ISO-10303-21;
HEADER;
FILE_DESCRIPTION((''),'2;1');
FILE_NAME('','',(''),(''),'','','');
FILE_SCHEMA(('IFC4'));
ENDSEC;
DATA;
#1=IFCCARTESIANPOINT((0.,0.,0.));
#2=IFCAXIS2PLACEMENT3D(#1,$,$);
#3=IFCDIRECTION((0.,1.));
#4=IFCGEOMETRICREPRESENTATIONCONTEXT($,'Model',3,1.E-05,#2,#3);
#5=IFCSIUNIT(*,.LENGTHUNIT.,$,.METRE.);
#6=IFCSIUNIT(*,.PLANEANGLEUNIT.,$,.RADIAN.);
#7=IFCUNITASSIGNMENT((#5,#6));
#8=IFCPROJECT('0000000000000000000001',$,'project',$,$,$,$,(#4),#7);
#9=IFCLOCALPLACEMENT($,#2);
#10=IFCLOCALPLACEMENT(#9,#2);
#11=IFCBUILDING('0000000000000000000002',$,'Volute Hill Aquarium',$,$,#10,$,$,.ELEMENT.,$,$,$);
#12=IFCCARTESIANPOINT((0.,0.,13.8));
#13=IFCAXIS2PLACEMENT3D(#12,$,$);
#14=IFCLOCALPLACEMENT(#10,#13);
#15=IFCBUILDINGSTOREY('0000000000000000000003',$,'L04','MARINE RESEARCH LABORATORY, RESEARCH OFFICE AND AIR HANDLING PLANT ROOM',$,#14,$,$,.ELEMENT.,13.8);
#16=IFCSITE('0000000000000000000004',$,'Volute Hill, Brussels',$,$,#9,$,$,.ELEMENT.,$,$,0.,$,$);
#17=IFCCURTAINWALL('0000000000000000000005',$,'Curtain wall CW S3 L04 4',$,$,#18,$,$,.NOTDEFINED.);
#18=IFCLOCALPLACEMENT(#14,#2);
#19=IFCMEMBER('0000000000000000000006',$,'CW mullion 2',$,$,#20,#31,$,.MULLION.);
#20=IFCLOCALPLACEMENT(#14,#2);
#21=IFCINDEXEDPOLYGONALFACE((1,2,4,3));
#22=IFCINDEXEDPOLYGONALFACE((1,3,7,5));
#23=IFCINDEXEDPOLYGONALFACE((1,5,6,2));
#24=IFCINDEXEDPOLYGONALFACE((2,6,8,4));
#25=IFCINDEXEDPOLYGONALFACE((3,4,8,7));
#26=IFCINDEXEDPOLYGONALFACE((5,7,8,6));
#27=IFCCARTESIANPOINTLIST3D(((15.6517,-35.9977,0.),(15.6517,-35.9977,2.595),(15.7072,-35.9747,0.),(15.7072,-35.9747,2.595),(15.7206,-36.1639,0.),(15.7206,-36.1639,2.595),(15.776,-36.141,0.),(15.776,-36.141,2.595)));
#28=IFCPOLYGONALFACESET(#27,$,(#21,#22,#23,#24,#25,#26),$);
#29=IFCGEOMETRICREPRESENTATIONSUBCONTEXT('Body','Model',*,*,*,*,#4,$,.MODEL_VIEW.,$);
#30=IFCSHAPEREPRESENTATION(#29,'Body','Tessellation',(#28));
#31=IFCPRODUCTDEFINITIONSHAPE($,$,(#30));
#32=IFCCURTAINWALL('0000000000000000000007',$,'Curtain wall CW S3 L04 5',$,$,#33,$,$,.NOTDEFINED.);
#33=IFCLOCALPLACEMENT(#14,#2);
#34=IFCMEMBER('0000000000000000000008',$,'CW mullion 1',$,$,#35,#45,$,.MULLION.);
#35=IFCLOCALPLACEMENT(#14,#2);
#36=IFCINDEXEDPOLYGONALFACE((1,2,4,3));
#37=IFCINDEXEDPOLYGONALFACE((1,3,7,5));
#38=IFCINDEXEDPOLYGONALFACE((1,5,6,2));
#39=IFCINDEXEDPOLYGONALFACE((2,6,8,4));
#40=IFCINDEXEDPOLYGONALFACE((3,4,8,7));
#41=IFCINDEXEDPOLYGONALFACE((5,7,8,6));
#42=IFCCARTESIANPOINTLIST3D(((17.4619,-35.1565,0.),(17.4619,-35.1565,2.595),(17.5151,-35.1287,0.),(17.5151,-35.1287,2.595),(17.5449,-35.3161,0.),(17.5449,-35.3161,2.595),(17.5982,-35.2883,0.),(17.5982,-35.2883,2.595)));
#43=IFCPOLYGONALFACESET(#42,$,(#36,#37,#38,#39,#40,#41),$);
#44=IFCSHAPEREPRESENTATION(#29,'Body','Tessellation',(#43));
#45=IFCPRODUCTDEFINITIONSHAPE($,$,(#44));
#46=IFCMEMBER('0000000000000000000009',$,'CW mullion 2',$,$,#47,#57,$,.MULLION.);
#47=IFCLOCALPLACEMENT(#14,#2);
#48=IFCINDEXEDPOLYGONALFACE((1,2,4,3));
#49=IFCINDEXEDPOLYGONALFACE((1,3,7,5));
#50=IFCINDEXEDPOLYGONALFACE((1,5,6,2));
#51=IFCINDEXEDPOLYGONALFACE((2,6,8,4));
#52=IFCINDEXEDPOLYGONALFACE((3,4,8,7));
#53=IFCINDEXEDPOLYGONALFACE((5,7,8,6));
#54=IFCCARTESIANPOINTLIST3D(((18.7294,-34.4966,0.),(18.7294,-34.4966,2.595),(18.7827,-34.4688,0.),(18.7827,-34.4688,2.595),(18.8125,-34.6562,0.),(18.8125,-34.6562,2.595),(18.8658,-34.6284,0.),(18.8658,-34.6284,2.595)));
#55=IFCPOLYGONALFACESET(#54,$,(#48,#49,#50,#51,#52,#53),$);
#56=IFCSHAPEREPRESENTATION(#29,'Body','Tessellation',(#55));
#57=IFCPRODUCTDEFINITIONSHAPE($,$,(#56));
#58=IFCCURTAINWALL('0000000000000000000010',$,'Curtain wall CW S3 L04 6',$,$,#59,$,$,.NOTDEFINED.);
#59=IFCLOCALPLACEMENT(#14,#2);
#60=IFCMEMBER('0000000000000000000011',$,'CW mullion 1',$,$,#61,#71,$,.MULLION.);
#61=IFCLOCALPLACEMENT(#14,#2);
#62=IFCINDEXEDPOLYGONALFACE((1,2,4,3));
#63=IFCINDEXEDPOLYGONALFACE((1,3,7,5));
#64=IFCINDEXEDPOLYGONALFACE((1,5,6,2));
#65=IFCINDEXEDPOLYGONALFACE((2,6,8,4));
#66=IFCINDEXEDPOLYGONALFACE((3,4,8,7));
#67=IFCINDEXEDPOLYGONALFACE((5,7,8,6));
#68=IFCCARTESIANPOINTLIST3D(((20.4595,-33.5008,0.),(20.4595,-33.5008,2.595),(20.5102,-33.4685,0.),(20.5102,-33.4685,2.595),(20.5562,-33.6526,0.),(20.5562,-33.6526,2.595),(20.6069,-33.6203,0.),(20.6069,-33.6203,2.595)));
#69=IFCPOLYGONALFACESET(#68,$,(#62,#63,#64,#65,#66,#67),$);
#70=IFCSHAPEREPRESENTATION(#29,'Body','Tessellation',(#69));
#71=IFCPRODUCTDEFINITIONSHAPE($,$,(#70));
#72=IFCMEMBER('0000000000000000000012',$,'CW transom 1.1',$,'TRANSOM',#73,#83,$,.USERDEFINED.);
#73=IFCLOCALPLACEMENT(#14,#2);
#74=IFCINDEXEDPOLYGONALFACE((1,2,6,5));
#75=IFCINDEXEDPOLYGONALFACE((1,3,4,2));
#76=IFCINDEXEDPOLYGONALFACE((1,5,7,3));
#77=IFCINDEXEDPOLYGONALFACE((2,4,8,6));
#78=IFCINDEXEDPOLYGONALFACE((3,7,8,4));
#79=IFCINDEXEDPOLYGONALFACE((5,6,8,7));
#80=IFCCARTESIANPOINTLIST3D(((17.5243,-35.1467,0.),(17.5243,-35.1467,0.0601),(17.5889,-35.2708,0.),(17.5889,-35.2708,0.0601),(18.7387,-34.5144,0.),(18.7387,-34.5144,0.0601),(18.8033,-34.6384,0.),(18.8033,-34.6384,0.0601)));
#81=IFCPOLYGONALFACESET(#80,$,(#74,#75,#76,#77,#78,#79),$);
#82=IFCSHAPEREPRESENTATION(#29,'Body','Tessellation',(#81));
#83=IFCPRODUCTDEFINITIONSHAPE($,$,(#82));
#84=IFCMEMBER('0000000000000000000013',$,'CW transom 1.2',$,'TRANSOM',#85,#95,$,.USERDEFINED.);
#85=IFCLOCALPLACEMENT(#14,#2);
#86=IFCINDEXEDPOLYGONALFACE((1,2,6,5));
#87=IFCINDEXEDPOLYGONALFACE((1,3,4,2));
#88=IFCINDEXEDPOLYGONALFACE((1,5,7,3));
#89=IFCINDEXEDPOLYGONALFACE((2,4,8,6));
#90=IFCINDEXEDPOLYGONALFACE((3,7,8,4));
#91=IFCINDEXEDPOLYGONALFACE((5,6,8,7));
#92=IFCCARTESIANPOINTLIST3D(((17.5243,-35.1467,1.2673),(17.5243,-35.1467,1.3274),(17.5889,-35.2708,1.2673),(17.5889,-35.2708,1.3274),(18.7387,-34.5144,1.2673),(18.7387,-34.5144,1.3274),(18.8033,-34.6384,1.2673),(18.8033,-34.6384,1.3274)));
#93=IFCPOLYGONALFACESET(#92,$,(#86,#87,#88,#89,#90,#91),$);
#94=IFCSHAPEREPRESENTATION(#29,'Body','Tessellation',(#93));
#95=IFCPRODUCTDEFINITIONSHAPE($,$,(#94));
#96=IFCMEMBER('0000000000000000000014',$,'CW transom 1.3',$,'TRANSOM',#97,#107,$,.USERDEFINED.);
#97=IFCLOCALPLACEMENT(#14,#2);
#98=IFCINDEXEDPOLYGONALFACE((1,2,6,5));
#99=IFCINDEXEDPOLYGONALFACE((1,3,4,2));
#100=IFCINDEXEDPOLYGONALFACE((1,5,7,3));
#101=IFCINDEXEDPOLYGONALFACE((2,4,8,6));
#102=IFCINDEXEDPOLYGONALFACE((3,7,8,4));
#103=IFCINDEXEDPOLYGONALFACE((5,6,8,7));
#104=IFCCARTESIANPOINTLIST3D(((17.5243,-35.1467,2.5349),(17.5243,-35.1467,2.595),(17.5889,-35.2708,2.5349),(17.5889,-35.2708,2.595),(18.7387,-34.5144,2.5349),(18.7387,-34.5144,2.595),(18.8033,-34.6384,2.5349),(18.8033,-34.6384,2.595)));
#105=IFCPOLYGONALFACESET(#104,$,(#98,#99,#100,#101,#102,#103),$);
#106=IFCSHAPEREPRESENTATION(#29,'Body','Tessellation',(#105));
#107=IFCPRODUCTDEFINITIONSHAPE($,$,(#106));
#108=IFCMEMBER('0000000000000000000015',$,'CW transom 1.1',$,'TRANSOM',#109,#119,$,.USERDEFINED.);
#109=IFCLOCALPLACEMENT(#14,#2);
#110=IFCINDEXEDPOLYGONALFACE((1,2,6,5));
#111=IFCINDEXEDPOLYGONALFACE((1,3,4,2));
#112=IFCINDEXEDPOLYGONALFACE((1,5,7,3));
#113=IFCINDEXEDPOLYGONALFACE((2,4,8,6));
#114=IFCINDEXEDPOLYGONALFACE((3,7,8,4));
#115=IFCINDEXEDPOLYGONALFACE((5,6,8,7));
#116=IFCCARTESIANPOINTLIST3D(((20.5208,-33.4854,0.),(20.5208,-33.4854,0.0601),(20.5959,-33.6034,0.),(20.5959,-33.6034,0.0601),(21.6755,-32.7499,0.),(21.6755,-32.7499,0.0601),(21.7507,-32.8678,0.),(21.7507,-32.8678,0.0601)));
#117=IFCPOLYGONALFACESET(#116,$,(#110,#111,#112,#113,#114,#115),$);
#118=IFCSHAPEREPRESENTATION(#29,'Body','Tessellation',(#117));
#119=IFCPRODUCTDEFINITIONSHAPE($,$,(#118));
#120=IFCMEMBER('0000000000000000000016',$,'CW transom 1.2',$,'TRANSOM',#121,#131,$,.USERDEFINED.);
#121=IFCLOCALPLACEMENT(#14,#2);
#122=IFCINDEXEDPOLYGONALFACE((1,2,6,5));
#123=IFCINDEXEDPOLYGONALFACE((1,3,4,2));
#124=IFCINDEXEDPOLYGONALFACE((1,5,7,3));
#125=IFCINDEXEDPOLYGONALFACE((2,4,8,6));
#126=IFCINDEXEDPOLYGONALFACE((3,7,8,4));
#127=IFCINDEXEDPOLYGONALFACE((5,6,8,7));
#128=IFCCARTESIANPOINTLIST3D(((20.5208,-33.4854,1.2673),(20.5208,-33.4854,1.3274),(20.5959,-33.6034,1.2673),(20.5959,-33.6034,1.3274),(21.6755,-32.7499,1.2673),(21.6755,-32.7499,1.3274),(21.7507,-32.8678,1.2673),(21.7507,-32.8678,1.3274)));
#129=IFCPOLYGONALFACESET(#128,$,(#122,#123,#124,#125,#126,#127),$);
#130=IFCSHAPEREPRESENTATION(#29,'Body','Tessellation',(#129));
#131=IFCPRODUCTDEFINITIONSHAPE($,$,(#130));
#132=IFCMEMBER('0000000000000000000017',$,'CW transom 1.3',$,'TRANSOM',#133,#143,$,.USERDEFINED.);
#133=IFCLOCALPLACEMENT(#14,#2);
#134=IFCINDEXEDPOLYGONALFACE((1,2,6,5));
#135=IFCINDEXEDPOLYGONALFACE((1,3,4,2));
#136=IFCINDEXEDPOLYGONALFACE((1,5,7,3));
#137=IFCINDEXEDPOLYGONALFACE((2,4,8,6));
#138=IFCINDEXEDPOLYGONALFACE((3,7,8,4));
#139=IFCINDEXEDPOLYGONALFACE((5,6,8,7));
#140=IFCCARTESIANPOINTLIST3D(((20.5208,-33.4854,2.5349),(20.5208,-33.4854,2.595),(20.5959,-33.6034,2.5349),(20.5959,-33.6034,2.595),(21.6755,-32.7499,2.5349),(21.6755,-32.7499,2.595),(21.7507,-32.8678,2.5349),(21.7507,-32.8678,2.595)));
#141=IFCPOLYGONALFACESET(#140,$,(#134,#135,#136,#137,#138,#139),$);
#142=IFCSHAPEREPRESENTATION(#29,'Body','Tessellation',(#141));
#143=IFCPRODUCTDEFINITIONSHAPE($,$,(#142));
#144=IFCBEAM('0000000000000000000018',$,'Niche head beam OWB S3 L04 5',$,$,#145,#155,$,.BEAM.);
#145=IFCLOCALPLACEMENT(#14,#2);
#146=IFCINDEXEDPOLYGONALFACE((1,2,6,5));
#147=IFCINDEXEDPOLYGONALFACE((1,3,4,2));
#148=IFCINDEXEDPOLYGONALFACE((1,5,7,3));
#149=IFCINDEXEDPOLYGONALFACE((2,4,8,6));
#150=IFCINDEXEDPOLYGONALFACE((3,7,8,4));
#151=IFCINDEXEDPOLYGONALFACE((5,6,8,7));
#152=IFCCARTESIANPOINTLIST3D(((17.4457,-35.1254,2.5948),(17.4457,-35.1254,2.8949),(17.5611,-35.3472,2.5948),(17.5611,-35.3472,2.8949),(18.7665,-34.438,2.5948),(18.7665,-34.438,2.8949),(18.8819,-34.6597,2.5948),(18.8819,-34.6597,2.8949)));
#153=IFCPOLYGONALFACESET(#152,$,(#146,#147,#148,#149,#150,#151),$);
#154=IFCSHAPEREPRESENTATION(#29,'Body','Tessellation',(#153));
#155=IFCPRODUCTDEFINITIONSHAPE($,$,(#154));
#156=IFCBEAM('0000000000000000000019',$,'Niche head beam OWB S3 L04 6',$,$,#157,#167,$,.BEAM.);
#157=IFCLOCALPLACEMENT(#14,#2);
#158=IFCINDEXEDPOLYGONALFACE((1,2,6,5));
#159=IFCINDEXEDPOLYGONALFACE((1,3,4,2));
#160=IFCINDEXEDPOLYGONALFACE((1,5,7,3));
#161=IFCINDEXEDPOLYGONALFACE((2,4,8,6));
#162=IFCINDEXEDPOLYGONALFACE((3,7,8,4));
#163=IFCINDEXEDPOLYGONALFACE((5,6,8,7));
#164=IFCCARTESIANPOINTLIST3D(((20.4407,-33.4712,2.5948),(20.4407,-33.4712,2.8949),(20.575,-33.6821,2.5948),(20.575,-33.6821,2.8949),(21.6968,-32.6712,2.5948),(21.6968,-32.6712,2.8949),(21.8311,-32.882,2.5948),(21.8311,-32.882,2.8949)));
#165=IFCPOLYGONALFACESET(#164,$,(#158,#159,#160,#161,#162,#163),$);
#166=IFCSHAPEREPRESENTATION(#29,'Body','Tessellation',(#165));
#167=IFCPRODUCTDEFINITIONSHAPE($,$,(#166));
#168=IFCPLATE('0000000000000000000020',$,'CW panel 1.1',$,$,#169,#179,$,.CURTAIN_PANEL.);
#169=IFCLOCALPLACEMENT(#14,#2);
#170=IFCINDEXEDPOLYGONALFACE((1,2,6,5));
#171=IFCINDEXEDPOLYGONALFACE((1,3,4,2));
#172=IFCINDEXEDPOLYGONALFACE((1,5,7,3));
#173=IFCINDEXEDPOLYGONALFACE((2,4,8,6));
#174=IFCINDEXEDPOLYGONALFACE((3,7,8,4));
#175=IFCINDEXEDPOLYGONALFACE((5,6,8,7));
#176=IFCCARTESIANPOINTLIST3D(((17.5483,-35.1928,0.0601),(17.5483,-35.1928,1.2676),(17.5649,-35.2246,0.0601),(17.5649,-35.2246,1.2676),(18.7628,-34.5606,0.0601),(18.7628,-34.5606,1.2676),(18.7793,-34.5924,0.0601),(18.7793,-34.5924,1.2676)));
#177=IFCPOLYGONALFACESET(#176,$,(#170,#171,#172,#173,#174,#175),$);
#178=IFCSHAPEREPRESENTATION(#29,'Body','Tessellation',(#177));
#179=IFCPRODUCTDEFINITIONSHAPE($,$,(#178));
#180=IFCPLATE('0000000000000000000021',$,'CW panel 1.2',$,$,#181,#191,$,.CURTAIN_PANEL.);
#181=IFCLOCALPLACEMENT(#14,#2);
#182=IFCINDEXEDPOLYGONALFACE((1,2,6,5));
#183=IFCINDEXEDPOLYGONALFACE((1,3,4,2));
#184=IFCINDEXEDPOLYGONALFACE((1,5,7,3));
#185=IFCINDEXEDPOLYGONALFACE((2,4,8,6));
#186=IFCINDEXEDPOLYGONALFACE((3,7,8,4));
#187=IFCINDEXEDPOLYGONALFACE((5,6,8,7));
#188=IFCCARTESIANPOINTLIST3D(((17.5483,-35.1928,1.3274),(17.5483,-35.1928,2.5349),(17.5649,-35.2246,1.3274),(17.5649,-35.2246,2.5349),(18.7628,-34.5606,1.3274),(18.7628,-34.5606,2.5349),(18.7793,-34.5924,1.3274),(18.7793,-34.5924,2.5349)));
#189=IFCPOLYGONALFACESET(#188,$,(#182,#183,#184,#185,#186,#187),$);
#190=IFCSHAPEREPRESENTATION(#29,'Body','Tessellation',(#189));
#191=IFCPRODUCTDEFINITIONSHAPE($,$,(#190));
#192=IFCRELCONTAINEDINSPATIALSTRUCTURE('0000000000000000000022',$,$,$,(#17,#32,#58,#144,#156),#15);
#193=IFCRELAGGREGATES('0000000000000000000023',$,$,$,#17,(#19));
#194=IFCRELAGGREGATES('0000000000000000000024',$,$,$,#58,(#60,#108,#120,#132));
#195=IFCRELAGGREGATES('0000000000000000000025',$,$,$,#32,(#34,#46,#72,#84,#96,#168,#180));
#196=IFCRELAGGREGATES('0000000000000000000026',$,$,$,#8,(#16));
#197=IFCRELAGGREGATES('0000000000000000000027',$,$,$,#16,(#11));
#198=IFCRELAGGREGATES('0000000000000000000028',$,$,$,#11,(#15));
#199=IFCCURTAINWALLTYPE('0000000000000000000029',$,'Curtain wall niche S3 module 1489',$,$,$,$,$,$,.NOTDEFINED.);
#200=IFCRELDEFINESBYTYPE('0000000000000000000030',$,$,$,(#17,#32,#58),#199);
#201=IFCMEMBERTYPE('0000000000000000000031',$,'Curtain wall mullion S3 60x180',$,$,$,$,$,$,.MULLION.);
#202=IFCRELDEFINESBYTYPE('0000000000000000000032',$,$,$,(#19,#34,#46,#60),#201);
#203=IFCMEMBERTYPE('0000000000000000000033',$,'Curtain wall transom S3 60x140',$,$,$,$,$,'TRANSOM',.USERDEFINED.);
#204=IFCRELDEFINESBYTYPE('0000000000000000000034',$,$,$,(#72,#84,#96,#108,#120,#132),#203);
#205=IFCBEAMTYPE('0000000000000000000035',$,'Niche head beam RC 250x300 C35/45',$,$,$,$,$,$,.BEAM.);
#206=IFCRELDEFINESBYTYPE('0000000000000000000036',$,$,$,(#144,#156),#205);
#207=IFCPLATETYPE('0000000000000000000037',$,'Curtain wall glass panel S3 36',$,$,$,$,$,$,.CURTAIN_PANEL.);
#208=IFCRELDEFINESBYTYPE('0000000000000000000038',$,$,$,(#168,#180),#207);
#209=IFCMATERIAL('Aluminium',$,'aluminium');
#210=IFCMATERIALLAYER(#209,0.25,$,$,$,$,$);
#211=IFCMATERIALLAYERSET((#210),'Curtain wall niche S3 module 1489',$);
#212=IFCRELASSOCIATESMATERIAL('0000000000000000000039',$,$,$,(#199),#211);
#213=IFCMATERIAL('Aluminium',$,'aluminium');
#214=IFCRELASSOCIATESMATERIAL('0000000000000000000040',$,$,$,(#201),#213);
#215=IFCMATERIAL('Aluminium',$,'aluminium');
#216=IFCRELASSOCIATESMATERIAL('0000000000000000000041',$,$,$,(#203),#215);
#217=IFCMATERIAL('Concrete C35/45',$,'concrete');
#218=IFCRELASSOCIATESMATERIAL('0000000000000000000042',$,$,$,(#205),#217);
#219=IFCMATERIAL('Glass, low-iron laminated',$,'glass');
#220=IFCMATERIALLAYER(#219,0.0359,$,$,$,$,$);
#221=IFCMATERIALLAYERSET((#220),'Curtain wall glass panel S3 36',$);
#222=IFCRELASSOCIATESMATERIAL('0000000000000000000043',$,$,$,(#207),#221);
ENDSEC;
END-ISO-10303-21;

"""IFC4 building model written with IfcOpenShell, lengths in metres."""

from ifc_helpers import new_model, si_unit, direction, frame, origin, origin_2d, place, context, subcontext, project, spatial, rectangle, extrude, material, layer, layer_set, material_profile, profile_set, type_object, element, aggregate, save


model = new_model("IFC4")

# Units and contexts
model_context = context("Model", 3, precision=1e-05, world=origin(), true_north=direction((0.0, 1.0)))
body_context = subcontext(model_context, "Body", "Model", "MODEL_VIEW")
ifc_project = project(units=[si_unit("LENGTHUNIT", "METRE"), si_unit("PLANEANGLEUNIT", "RADIAN")], contexts=[model_context])

# Site, building, storey
site_placement = place(None, origin())
site = spatial("IfcSite", under=ifc_project, at=site_placement, Name="Volute Hill, Brussels", CompositionType="ELEMENT", RefElevation=0.0)
building_placement = place(site_placement, origin())
building = spatial("IfcBuilding", under=site, at=building_placement, Name="Volute Hill Aquarium", CompositionType="ELEMENT")
storey_placement = place(building_placement, frame((0.0, 0.0, 13.8)))
storey = spatial("IfcBuildingStorey", under=building, at=storey_placement, Name="L04", Description="MARINE RESEARCH LABORATORY, RESEARCH OFFICE AND AIR HANDLING PLANT ROOM", CompositionType="ELEMENT", Elevation=13.8)

# Curtain wall, member
ifc_material_1 = material(Name="Aluminium", Category="aluminium")
ifc_layer_1 = layer(ifc_material_1, 0.25)
ifc_layer_set_1 = layer_set([ifc_layer_1], Name="Curtain wall niche S3 module 1489")
curtain_wall_type = type_object("IfcCurtainWallType", Name="Curtain wall niche S3 module 1489", PredefinedType="NOTDEFINED", material=ifc_layer_set_1)
curtain_wall_1_placement = place(storey_placement, origin())
curtain_wall_1 = element("IfcCurtainWall", 1, at=curtain_wall_1_placement, inside=storey, type_object=curtain_wall_type, Name="Curtain wall CW S3 L04 4", PredefinedType="NOTDEFINED")
ifc_material_2 = material(Name="Aluminium", Category="aluminium")
ifc_material_profile_1 = material_profile(ifc_material_2, rectangle(XDim=0.1799, YDim=0.0601, at=origin_2d()), Name="Curtain wall mullion S3 60x180")
ifc_profile_set_1 = profile_set([ifc_material_profile_1], Name="Aluminium")
member_type_1 = type_object("IfcMemberType", Name="Curtain wall mullion S3 60x180", PredefinedType="MULLION", material=ifc_profile_set_1)
member_1_placement = place(storey_placement, frame((15.7139, -36.0693, 0.0), z_axis=(0.0, 0.0, 1.0), x_axis=(-0.382693, 0.923876, 0.0)))
member_1 = element("IfcMember", 2, at=member_1_placement, type_object=member_type_1, Name="CW mullion 2", PredefinedType="MULLION", context=body_context, shape_type="SweptSolid", body=[
    extrude(rectangle(XDim=0.1799, YDim=0.0601, at=origin_2d()), origin(), (0.0, 0.0, 1.0), 2.595),
])
aggregate(curtain_wall_1, [member_1])

# Curtain wall, members
curtain_wall_2_placement = place(storey_placement, origin())
curtain_wall_2 = element("IfcCurtainWall", 3, at=curtain_wall_2_placement, inside=storey, type_object=curtain_wall_type, Name="Curtain wall CW S3 L04 5", PredefinedType="NOTDEFINED")
member_2_placement = place(storey_placement, frame((17.53, -35.2224, 0.0), z_axis=(0.0, 0.0, 1.0), x_axis=(-0.461744, 0.887013, 0.0)))
member_2 = element("IfcMember", 4, at=member_2_placement, type_object=member_type_1, Name="CW mullion 1", PredefinedType="MULLION", context=body_context, shape_type="SweptSolid", body=[
    extrude(rectangle(XDim=0.1799, YDim=0.0601, at=origin_2d()), origin(), (0.0, 0.0, 1.0), 2.595),
])
member_3_placement = place(storey_placement, frame((18.7976, -34.5625, 0.0), z_axis=(0.0, 0.0, 1.0), x_axis=(-0.461744, 0.887013, 0.0)))
member_3 = element("IfcMember", 5, at=member_3_placement, type_object=member_type_1, Name="CW mullion 2", PredefinedType="MULLION", context=body_context, shape_type="SweptSolid", body=[
    extrude(rectangle(XDim=0.1799, YDim=0.0601, at=origin_2d()), origin(), (0.0, 0.0, 1.0), 2.595),
])

# Curtain wall, member
curtain_wall_3_placement = place(storey_placement, origin())
curtain_wall_3 = element("IfcCurtainWall", 6, at=curtain_wall_3_placement, inside=storey, type_object=curtain_wall_type, Name="Curtain wall CW S3 L04 6", PredefinedType="NOTDEFINED")
member_4_placement = place(storey_placement, frame((20.5332, -33.5605, 0.0), z_axis=(0.0, 0.0, 1.0), x_axis=(-0.537307, 0.843387, 0.0)))
member_4 = element("IfcMember", 7, at=member_4_placement, type_object=member_type_1, Name="CW mullion 1", PredefinedType="MULLION", context=body_context, shape_type="SweptSolid", body=[
    extrude(rectangle(XDim=0.1799, YDim=0.0601, at=origin_2d()), origin(), (0.0, 0.0, 1.0), 2.595),
])

# Members
ifc_material_3 = material(Name="Aluminium", Category="aluminium")
ifc_material_profile_2 = material_profile(ifc_material_3, rectangle(XDim=0.1399, YDim=0.0601, at=origin_2d()), Name="Curtain wall transom S3 60x140")
ifc_profile_set_2 = profile_set([ifc_material_profile_2], Name="Aluminium")
member_type_2 = type_object("IfcMemberType", Name="Curtain wall transom S3 60x140", ElementType="TRANSOM", PredefinedType="USERDEFINED", material=ifc_profile_set_2)
member_5_placement = place(storey_placement, frame((17.5566, -35.2087, 0.03), z_axis=(0.88696, 0.461847, 0.0), x_axis=(-0.461847, 0.88696, 0.0)))
member_5 = element("IfcMember", 8, at=member_5_placement, type_object=member_type_2, Name="CW transom 1.1", ObjectType="TRANSOM", PredefinedType="USERDEFINED", context=body_context, shape_type="SweptSolid", body=[
    extrude(rectangle(XDim=0.1399, YDim=0.0601, at=origin_2d()), origin(), (0.0, 0.0, 1.0), 1.3691),
])
member_6_placement = place(storey_placement, frame((17.5566, -35.2087, 1.2974), z_axis=(0.88696, 0.461847, 0.0), x_axis=(-0.461847, 0.88696, 0.0)))
member_6 = element("IfcMember", 9, at=member_6_placement, type_object=member_type_2, Name="CW transom 1.2", ObjectType="TRANSOM", PredefinedType="USERDEFINED", context=body_context, shape_type="SweptSolid", body=[
    extrude(rectangle(XDim=0.1399, YDim=0.0601, at=origin_2d()), origin(), (0.0, 0.0, 1.0), 1.3691),
])
member_7_placement = place(storey_placement, frame((17.5566, -35.2087, 2.5649), z_axis=(0.88696, 0.461847, 0.0), x_axis=(-0.461847, 0.88696, 0.0)))
member_7 = element("IfcMember", 10, at=member_7_placement, type_object=member_type_2, Name="CW transom 1.3", ObjectType="TRANSOM", PredefinedType="USERDEFINED", context=body_context, shape_type="SweptSolid", body=[
    extrude(rectangle(XDim=0.1399, YDim=0.0601, at=origin_2d()), origin(), (0.0, 0.0, 1.0), 1.3691),
])
member_8_placement = place(storey_placement, frame((20.5583, -33.5444, 0.03), z_axis=(0.843419, 0.537256, 0.0), x_axis=(-0.537256, 0.843419, 0.0)))
member_8 = element("IfcMember", 11, at=member_8_placement, type_object=member_type_2, Name="CW transom 1.1", ObjectType="TRANSOM", PredefinedType="USERDEFINED", context=body_context, shape_type="SweptSolid", body=[
    extrude(rectangle(XDim=0.1399, YDim=0.0601, at=origin_2d()), origin(), (0.0, 0.0, 1.0), 1.3691),
])
member_9_placement = place(storey_placement, frame((20.5583, -33.5444, 1.2974), z_axis=(0.843419, 0.537256, 0.0), x_axis=(-0.537256, 0.843419, 0.0)))
member_9 = element("IfcMember", 12, at=member_9_placement, type_object=member_type_2, Name="CW transom 1.2", ObjectType="TRANSOM", PredefinedType="USERDEFINED", context=body_context, shape_type="SweptSolid", body=[
    extrude(rectangle(XDim=0.1399, YDim=0.0601, at=origin_2d()), origin(), (0.0, 0.0, 1.0), 1.3691),
])
member_10_placement = place(storey_placement, frame((20.5583, -33.5444, 2.5649), z_axis=(0.843419, 0.537256, 0.0), x_axis=(-0.537256, 0.843419, 0.0)))
member_10 = element("IfcMember", 13, at=member_10_placement, type_object=member_type_2, Name="CW transom 1.3", ObjectType="TRANSOM", PredefinedType="USERDEFINED", context=body_context, shape_type="SweptSolid", body=[
    extrude(rectangle(XDim=0.1399, YDim=0.0601, at=origin_2d()), origin(), (0.0, 0.0, 1.0), 1.3691),
])
aggregate(curtain_wall_3, [member_4, member_8, member_9, member_10])

# Beams
ifc_material_4 = material(Name="Concrete C35/45", Category="concrete")
ifc_material_profile_3 = material_profile(ifc_material_4, rectangle(XDim=0.25, YDim=0.3, at=origin_2d()), Name="RC beam 250x300")
ifc_profile_set_3 = profile_set([ifc_material_profile_3], Name="Concrete C35/45")
beam_type = type_object("IfcBeamType", Name="Niche head beam RC 250x300 C35/45", PredefinedType="BEAM", material=ifc_profile_set_3)
beam_1_placement = place(storey_placement, frame((17.5034, -35.2363, 2.7449), z_axis=(0.887029, 0.461714, 0.0), x_axis=(-0.461714, 0.887029, 0.0)))
element("IfcBeam", 14, at=beam_1_placement, inside=storey, type_object=beam_type, Name="Niche head beam OWB S3 L04 5", PredefinedType="BEAM", context=body_context, shape_type="SweptSolid", body=[
    extrude(rectangle(XDim=0.25, YDim=0.3, at=origin_2d()), origin(), (0.0, 0.0, 1.0), 1.489),
])
beam_2_placement = place(storey_placement, frame((20.5078, -33.5767, 2.7449), z_axis=(0.843445, 0.537215, 0.0), x_axis=(-0.537215, 0.843445, 0.0)))
element("IfcBeam", 15, at=beam_2_placement, inside=storey, type_object=beam_type, Name="Niche head beam OWB S3 L04 6", PredefinedType="BEAM", context=body_context, shape_type="SweptSolid", body=[
    extrude(rectangle(XDim=0.25, YDim=0.3, at=origin_2d()), origin(), (0.0, 0.0, 1.0), 1.4893),
])

# Plates
ifc_material_5 = material(Name="Glass, low-iron laminated", Category="glass")
ifc_layer_2 = layer(ifc_material_5, 0.0359)
ifc_layer_set_2 = layer_set([ifc_layer_2], Name="Curtain wall glass panel S3 36")
plate_type = type_object("IfcPlateType", Name="Curtain wall glass panel S3 36", PredefinedType="CURTAIN_PANEL", material=ifc_layer_set_2)
plate_1_placement = place(storey_placement, frame((18.1638, -34.8926, 0.0601), z_axis=(0.0, 0.0, 1.0), x_axis=(0.887013, 0.461744, 0.0)))
plate_1 = element("IfcPlate", 16, at=plate_1_placement, type_object=plate_type, Name="CW panel 1.1", PredefinedType="CURTAIN_PANEL", context=body_context, shape_type="SweptSolid", body=[
    extrude(rectangle(XDim=1.3691, YDim=0.0359, at=origin_2d()), origin(), (0.0, 0.0, 1.0), 1.2075),
])
plate_2_placement = place(storey_placement, frame((18.1638, -34.8926, 1.3274), z_axis=(0.0, 0.0, 1.0), x_axis=(0.887013, 0.461744, 0.0)))
plate_2 = element("IfcPlate", 17, at=plate_2_placement, type_object=plate_type, Name="CW panel 1.2", PredefinedType="CURTAIN_PANEL", context=body_context, shape_type="SweptSolid", body=[
    extrude(rectangle(XDim=1.3691, YDim=0.0359, at=origin_2d()), origin(), (0.0, 0.0, 1.0), 1.2075),
])
aggregate(curtain_wall_2, [member_2, member_3, member_5, member_6, member_7, plate_1, plate_2])

save(model, "model.ifc")
